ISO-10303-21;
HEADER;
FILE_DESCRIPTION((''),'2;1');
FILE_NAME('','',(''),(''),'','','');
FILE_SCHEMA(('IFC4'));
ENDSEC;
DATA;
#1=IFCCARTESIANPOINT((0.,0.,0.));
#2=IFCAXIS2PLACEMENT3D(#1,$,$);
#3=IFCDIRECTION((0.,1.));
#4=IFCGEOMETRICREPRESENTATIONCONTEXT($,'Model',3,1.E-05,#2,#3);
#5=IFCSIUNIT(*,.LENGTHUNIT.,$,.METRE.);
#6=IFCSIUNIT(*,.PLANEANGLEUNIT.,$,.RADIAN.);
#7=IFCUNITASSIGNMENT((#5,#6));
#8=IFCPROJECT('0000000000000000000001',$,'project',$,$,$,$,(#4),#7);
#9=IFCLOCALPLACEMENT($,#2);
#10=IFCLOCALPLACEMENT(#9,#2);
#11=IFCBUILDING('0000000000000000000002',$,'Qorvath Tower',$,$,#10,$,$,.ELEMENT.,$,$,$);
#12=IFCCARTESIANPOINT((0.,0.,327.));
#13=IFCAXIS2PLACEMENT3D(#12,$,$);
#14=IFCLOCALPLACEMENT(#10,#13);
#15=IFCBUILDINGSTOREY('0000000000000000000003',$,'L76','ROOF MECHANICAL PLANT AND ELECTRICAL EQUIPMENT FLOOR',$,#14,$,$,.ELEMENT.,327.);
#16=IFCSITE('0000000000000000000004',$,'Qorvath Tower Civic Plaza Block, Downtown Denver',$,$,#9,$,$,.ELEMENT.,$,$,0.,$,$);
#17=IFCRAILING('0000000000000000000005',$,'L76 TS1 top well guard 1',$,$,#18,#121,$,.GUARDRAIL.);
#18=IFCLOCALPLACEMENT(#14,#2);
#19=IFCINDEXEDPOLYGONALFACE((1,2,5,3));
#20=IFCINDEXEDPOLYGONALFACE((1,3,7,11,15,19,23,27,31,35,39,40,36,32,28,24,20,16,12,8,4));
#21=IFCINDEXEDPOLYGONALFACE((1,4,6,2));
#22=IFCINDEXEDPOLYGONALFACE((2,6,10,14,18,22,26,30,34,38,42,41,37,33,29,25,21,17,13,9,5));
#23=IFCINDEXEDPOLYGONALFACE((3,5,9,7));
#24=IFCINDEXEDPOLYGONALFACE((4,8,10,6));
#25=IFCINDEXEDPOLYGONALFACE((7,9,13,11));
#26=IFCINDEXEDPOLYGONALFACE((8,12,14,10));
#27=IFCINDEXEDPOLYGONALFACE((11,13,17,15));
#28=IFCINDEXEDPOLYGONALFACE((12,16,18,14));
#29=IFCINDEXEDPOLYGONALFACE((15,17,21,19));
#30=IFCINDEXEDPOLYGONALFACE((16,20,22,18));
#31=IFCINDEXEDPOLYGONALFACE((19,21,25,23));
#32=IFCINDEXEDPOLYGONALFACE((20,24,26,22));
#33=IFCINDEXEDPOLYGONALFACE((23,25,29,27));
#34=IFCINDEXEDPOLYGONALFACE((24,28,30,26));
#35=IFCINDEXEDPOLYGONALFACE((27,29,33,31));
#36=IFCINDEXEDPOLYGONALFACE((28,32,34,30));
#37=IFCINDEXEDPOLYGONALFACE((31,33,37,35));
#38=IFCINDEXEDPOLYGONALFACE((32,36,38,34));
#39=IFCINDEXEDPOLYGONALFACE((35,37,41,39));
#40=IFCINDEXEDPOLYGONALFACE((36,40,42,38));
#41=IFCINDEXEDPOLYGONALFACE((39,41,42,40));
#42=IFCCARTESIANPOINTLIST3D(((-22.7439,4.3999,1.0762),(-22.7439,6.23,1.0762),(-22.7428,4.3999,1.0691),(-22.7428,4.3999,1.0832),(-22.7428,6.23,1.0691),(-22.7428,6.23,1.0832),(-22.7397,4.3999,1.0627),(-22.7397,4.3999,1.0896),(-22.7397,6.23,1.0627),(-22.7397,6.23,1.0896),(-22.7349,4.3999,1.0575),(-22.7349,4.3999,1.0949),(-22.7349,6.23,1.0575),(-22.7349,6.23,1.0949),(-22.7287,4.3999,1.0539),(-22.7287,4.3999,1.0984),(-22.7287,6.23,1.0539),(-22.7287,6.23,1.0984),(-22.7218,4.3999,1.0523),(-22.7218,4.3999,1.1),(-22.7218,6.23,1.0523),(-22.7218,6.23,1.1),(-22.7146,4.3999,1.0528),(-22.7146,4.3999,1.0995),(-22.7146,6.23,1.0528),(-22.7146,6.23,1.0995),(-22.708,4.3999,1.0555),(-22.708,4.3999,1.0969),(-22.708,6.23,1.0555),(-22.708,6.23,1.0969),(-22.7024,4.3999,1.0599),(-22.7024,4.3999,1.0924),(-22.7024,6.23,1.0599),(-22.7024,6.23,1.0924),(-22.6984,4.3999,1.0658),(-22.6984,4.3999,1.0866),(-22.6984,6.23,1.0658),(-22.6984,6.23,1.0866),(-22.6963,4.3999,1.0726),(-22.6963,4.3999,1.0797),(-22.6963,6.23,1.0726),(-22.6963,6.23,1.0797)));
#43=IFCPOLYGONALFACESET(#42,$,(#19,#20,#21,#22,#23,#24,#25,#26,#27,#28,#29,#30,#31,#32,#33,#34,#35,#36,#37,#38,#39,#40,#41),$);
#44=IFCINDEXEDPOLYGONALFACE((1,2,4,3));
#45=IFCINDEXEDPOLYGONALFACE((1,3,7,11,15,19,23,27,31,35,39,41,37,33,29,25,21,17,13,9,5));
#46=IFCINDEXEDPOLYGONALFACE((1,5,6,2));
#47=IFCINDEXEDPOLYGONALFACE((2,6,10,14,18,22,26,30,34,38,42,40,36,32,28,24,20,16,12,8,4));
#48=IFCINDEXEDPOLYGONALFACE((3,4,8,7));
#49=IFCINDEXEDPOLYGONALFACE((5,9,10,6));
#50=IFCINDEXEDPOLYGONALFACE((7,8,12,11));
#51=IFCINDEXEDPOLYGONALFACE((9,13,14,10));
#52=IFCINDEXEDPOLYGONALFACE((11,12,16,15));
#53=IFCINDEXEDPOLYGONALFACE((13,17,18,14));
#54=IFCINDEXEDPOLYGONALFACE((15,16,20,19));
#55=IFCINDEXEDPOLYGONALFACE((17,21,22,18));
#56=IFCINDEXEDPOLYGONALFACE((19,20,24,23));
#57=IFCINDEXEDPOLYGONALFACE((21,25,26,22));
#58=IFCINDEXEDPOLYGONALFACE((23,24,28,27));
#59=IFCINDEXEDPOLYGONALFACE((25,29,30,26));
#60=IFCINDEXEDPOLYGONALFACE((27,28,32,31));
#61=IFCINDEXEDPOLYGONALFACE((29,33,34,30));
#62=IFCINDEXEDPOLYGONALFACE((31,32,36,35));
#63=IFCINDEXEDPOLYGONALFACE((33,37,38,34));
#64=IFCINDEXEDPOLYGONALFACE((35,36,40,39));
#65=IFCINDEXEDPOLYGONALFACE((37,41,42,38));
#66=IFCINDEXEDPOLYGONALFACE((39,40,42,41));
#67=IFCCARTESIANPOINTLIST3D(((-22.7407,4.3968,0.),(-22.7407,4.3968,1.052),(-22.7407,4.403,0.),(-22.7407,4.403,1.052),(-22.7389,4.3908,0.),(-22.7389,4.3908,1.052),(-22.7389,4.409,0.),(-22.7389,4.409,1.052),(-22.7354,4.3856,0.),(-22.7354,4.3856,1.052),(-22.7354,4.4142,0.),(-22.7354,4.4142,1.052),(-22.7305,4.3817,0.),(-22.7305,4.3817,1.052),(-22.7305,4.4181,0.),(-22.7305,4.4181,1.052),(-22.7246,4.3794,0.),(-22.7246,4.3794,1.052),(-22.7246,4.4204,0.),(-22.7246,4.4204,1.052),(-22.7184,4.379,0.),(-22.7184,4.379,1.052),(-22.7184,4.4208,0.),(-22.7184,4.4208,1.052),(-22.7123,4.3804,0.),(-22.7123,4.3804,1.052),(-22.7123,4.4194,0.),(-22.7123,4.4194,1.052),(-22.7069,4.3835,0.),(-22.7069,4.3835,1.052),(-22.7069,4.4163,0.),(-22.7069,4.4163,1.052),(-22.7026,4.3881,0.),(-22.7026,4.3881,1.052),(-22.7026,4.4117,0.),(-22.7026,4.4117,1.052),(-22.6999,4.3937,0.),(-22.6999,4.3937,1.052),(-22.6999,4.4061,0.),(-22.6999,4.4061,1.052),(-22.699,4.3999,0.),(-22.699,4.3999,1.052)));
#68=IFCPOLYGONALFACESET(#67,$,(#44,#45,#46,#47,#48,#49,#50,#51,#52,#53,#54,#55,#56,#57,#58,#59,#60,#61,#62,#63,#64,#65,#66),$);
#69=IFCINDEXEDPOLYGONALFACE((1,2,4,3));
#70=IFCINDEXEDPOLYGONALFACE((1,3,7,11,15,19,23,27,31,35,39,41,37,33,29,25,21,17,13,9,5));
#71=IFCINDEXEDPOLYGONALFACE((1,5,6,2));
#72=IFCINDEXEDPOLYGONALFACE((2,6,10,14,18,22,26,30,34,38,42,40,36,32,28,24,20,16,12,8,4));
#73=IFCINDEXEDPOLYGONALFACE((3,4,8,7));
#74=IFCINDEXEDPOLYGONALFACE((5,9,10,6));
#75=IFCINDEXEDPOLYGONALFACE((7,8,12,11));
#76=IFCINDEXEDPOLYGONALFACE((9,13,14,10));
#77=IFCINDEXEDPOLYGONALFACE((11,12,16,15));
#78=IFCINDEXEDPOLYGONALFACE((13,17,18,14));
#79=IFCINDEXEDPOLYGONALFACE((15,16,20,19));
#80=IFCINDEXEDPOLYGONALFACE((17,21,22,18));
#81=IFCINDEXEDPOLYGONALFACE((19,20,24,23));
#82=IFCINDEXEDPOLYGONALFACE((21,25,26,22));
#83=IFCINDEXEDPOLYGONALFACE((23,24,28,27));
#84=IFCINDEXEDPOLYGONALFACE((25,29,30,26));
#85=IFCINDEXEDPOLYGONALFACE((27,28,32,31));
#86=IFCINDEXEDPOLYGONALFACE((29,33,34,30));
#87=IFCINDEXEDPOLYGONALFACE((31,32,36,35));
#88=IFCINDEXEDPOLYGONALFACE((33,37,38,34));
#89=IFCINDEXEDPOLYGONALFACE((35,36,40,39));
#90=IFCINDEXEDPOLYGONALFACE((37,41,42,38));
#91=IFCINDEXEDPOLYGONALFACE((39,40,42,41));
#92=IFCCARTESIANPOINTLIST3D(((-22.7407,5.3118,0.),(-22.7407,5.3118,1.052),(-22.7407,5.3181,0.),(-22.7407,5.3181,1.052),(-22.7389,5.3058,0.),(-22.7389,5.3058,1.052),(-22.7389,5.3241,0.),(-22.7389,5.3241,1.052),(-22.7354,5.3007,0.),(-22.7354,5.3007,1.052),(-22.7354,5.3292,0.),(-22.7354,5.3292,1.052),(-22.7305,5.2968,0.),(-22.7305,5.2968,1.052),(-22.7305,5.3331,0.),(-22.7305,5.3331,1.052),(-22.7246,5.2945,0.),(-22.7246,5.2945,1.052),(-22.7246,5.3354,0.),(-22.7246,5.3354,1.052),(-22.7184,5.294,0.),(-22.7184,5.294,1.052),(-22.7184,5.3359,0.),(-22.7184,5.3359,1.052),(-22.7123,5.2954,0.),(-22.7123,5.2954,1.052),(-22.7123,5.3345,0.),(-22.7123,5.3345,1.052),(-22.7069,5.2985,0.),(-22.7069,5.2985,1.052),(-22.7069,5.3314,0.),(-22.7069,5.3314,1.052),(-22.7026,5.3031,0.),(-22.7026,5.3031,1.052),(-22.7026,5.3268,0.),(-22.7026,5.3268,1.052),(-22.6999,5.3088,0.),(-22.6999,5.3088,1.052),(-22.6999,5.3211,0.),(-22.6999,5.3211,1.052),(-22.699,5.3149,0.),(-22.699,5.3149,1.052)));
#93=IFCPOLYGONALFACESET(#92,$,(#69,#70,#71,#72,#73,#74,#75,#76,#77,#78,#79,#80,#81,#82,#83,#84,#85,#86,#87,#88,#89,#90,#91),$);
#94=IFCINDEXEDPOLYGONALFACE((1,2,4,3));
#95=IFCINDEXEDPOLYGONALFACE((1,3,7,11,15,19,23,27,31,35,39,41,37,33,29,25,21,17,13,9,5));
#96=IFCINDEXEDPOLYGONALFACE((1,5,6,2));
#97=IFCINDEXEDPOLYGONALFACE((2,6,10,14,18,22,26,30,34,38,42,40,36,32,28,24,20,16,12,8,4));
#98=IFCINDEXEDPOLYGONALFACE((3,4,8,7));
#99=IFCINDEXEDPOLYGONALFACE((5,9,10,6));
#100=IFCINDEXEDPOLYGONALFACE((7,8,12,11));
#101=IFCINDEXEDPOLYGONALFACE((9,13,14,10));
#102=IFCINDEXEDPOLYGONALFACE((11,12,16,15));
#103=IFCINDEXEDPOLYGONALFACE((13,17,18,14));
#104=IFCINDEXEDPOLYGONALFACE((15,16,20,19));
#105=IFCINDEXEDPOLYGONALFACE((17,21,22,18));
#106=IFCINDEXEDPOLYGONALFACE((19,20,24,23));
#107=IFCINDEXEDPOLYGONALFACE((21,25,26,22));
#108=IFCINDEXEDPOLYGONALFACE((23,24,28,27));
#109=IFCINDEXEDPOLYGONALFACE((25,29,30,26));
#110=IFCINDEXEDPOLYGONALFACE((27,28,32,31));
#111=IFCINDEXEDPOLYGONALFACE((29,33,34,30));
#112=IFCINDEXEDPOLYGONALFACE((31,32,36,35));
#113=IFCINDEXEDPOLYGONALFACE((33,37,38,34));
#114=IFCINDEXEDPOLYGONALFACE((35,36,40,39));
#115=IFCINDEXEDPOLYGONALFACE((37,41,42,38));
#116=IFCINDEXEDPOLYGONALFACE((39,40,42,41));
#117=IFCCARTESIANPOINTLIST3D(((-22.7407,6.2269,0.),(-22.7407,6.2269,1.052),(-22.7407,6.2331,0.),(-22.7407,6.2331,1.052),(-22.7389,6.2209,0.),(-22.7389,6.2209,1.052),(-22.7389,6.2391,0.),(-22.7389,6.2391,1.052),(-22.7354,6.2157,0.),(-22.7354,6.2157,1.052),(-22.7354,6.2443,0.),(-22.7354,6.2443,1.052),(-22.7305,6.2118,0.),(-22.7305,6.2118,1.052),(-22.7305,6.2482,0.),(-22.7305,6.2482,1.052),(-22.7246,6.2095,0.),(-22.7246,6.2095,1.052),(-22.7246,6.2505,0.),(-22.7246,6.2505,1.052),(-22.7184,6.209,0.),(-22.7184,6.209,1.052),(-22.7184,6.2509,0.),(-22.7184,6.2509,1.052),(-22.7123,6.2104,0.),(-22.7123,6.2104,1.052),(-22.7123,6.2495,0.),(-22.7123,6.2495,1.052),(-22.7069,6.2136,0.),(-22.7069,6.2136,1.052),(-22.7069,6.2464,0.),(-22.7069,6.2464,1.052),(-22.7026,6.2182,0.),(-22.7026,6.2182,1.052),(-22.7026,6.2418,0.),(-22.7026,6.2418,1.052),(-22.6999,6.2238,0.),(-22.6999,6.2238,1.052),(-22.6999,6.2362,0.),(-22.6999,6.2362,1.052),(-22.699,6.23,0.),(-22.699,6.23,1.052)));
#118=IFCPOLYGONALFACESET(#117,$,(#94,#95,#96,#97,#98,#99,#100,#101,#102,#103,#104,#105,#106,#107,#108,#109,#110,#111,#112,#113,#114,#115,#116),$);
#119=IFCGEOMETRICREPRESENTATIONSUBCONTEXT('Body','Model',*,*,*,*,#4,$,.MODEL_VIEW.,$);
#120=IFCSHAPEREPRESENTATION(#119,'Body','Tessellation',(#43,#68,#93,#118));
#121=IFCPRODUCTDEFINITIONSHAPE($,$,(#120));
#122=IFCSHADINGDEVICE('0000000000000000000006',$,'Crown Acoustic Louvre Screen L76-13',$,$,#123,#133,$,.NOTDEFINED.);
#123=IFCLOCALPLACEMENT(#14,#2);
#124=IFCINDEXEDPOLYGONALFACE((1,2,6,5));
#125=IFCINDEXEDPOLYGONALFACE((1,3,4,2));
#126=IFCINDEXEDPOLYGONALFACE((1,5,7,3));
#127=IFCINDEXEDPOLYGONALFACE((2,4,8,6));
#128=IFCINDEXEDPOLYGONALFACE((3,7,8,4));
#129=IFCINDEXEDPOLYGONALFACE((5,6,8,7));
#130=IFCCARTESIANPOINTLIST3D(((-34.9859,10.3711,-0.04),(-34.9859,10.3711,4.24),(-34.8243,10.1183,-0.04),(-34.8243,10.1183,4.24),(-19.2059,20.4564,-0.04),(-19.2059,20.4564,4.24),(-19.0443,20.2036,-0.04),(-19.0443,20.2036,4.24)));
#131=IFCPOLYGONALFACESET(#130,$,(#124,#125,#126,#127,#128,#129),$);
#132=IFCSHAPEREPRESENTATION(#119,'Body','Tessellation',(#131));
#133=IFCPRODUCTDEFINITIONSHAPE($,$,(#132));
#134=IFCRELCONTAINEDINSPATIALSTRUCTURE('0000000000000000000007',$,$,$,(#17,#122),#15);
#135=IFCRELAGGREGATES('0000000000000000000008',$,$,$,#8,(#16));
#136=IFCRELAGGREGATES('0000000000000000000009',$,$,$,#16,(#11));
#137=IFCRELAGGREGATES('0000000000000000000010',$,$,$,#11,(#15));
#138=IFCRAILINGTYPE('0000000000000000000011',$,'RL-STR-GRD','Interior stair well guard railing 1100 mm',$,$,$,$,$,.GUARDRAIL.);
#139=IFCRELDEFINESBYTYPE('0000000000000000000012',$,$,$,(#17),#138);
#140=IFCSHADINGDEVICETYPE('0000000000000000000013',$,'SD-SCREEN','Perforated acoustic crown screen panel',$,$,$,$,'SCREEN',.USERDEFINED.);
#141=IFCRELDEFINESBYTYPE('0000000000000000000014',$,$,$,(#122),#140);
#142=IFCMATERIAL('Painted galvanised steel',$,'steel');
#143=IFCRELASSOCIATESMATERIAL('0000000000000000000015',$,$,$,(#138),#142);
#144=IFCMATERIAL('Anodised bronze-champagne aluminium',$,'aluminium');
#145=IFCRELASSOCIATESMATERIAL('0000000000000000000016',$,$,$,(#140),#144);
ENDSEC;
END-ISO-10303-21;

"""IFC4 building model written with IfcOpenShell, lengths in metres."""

from ifc_helpers import new_model, si_unit, direction, frame, origin, origin_2d, place, context, subcontext, project, spatial, rectangle, circle, extrude, material, type_object, element, save


model = new_model("IFC4")

# Units and contexts
model_context = context("Model", 3, precision=1e-05, world=origin(), true_north=direction((0.0, 1.0)))
body_context = subcontext(model_context, "Body", "Model", "MODEL_VIEW")
ifc_project = project(units=[si_unit("LENGTHUNIT", "METRE"), si_unit("PLANEANGLEUNIT", "RADIAN")], contexts=[model_context])

# Site, building, storey
site_placement = place(None, origin())
site = spatial("IfcSite", under=ifc_project, at=site_placement, Name="Qorvath Tower Civic Plaza Block, Downtown Denver", CompositionType="ELEMENT", RefElevation=0.0)
building_placement = place(site_placement, origin())
building = spatial("IfcBuilding", under=site, at=building_placement, Name="Qorvath Tower", CompositionType="ELEMENT")
storey_placement = place(building_placement, frame((0.0, 0.0, 327.0)))
storey = spatial("IfcBuildingStorey", under=building, at=storey_placement, Name="L76", Description="ROOF MECHANICAL PLANT AND ELECTRICAL EQUIPMENT FLOOR", CompositionType="ELEMENT", Elevation=327.0)

# Railing
ifc_material_1 = material(Name="Painted galvanised steel", Category="steel")
railing_type = type_object("IfcRailingType", Name="RL-STR-GRD", Description="Interior stair well guard railing 1100 mm", PredefinedType="GUARDRAIL", material=ifc_material_1)
railing_placement = place(storey_placement, frame((-22.72, 4.3999, 0.0)))
element("IfcRailing", 1, at=railing_placement, inside=storey, type_object=railing_type, Name="L76 TS1 top well guard 1", PredefinedType="GUARDRAIL", context=body_context, shape_type="SweptSolid", body=[
    extrude(circle(Radius=0.0239, at=origin_2d()), frame((0.0, 0.0, 1.0762), z_axis=(0.0, 1.0, 0.0), x_axis=(-1.0, 0.0, 0.0)), (0.0, 0.0, 1.0), 1.8301),
    extrude(circle(Radius=0.021, at=origin_2d()), origin(), (0.0, 0.0, 1.0), 1.052),
    extrude(circle(Radius=0.021, at=origin_2d()), frame((0.0, 0.915, 0.0)), (0.0, 0.0, 1.0), 1.052),
    extrude(circle(Radius=0.021, at=origin_2d()), frame((0.0, 1.8301, 0.0)), (0.0, 0.0, 1.0), 1.052),
])

# Shading device
ifc_material_2 = material(Name="Anodised bronze-champagne aluminium", Category="aluminium")
shading_device_type = type_object("IfcShadingDeviceType", Name="SD-SCREEN", Description="Perforated acoustic crown screen panel", ElementType="SCREEN", PredefinedType="USERDEFINED", material=ifc_material_2)
shading_device_placement = place(storey_placement, frame((-27.0151, 15.2874, -0.04), z_axis=(0.0, 0.0, 1.0), x_axis=(-0.842609, -0.538525, 0.0)))
element("IfcShadingDevice", 2, at=shading_device_placement, inside=storey, type_object=shading_device_type, Name="Crown Acoustic Louvre Screen L76-13", PredefinedType="NOTDEFINED", context=body_context, shape_type="SweptSolid", body=[
    extrude(rectangle(XDim=18.7275, YDim=0.3, at=origin_2d()), origin(), (0.0, 0.0, 1.0), 4.28),
])

save(model, "model.ifc")
